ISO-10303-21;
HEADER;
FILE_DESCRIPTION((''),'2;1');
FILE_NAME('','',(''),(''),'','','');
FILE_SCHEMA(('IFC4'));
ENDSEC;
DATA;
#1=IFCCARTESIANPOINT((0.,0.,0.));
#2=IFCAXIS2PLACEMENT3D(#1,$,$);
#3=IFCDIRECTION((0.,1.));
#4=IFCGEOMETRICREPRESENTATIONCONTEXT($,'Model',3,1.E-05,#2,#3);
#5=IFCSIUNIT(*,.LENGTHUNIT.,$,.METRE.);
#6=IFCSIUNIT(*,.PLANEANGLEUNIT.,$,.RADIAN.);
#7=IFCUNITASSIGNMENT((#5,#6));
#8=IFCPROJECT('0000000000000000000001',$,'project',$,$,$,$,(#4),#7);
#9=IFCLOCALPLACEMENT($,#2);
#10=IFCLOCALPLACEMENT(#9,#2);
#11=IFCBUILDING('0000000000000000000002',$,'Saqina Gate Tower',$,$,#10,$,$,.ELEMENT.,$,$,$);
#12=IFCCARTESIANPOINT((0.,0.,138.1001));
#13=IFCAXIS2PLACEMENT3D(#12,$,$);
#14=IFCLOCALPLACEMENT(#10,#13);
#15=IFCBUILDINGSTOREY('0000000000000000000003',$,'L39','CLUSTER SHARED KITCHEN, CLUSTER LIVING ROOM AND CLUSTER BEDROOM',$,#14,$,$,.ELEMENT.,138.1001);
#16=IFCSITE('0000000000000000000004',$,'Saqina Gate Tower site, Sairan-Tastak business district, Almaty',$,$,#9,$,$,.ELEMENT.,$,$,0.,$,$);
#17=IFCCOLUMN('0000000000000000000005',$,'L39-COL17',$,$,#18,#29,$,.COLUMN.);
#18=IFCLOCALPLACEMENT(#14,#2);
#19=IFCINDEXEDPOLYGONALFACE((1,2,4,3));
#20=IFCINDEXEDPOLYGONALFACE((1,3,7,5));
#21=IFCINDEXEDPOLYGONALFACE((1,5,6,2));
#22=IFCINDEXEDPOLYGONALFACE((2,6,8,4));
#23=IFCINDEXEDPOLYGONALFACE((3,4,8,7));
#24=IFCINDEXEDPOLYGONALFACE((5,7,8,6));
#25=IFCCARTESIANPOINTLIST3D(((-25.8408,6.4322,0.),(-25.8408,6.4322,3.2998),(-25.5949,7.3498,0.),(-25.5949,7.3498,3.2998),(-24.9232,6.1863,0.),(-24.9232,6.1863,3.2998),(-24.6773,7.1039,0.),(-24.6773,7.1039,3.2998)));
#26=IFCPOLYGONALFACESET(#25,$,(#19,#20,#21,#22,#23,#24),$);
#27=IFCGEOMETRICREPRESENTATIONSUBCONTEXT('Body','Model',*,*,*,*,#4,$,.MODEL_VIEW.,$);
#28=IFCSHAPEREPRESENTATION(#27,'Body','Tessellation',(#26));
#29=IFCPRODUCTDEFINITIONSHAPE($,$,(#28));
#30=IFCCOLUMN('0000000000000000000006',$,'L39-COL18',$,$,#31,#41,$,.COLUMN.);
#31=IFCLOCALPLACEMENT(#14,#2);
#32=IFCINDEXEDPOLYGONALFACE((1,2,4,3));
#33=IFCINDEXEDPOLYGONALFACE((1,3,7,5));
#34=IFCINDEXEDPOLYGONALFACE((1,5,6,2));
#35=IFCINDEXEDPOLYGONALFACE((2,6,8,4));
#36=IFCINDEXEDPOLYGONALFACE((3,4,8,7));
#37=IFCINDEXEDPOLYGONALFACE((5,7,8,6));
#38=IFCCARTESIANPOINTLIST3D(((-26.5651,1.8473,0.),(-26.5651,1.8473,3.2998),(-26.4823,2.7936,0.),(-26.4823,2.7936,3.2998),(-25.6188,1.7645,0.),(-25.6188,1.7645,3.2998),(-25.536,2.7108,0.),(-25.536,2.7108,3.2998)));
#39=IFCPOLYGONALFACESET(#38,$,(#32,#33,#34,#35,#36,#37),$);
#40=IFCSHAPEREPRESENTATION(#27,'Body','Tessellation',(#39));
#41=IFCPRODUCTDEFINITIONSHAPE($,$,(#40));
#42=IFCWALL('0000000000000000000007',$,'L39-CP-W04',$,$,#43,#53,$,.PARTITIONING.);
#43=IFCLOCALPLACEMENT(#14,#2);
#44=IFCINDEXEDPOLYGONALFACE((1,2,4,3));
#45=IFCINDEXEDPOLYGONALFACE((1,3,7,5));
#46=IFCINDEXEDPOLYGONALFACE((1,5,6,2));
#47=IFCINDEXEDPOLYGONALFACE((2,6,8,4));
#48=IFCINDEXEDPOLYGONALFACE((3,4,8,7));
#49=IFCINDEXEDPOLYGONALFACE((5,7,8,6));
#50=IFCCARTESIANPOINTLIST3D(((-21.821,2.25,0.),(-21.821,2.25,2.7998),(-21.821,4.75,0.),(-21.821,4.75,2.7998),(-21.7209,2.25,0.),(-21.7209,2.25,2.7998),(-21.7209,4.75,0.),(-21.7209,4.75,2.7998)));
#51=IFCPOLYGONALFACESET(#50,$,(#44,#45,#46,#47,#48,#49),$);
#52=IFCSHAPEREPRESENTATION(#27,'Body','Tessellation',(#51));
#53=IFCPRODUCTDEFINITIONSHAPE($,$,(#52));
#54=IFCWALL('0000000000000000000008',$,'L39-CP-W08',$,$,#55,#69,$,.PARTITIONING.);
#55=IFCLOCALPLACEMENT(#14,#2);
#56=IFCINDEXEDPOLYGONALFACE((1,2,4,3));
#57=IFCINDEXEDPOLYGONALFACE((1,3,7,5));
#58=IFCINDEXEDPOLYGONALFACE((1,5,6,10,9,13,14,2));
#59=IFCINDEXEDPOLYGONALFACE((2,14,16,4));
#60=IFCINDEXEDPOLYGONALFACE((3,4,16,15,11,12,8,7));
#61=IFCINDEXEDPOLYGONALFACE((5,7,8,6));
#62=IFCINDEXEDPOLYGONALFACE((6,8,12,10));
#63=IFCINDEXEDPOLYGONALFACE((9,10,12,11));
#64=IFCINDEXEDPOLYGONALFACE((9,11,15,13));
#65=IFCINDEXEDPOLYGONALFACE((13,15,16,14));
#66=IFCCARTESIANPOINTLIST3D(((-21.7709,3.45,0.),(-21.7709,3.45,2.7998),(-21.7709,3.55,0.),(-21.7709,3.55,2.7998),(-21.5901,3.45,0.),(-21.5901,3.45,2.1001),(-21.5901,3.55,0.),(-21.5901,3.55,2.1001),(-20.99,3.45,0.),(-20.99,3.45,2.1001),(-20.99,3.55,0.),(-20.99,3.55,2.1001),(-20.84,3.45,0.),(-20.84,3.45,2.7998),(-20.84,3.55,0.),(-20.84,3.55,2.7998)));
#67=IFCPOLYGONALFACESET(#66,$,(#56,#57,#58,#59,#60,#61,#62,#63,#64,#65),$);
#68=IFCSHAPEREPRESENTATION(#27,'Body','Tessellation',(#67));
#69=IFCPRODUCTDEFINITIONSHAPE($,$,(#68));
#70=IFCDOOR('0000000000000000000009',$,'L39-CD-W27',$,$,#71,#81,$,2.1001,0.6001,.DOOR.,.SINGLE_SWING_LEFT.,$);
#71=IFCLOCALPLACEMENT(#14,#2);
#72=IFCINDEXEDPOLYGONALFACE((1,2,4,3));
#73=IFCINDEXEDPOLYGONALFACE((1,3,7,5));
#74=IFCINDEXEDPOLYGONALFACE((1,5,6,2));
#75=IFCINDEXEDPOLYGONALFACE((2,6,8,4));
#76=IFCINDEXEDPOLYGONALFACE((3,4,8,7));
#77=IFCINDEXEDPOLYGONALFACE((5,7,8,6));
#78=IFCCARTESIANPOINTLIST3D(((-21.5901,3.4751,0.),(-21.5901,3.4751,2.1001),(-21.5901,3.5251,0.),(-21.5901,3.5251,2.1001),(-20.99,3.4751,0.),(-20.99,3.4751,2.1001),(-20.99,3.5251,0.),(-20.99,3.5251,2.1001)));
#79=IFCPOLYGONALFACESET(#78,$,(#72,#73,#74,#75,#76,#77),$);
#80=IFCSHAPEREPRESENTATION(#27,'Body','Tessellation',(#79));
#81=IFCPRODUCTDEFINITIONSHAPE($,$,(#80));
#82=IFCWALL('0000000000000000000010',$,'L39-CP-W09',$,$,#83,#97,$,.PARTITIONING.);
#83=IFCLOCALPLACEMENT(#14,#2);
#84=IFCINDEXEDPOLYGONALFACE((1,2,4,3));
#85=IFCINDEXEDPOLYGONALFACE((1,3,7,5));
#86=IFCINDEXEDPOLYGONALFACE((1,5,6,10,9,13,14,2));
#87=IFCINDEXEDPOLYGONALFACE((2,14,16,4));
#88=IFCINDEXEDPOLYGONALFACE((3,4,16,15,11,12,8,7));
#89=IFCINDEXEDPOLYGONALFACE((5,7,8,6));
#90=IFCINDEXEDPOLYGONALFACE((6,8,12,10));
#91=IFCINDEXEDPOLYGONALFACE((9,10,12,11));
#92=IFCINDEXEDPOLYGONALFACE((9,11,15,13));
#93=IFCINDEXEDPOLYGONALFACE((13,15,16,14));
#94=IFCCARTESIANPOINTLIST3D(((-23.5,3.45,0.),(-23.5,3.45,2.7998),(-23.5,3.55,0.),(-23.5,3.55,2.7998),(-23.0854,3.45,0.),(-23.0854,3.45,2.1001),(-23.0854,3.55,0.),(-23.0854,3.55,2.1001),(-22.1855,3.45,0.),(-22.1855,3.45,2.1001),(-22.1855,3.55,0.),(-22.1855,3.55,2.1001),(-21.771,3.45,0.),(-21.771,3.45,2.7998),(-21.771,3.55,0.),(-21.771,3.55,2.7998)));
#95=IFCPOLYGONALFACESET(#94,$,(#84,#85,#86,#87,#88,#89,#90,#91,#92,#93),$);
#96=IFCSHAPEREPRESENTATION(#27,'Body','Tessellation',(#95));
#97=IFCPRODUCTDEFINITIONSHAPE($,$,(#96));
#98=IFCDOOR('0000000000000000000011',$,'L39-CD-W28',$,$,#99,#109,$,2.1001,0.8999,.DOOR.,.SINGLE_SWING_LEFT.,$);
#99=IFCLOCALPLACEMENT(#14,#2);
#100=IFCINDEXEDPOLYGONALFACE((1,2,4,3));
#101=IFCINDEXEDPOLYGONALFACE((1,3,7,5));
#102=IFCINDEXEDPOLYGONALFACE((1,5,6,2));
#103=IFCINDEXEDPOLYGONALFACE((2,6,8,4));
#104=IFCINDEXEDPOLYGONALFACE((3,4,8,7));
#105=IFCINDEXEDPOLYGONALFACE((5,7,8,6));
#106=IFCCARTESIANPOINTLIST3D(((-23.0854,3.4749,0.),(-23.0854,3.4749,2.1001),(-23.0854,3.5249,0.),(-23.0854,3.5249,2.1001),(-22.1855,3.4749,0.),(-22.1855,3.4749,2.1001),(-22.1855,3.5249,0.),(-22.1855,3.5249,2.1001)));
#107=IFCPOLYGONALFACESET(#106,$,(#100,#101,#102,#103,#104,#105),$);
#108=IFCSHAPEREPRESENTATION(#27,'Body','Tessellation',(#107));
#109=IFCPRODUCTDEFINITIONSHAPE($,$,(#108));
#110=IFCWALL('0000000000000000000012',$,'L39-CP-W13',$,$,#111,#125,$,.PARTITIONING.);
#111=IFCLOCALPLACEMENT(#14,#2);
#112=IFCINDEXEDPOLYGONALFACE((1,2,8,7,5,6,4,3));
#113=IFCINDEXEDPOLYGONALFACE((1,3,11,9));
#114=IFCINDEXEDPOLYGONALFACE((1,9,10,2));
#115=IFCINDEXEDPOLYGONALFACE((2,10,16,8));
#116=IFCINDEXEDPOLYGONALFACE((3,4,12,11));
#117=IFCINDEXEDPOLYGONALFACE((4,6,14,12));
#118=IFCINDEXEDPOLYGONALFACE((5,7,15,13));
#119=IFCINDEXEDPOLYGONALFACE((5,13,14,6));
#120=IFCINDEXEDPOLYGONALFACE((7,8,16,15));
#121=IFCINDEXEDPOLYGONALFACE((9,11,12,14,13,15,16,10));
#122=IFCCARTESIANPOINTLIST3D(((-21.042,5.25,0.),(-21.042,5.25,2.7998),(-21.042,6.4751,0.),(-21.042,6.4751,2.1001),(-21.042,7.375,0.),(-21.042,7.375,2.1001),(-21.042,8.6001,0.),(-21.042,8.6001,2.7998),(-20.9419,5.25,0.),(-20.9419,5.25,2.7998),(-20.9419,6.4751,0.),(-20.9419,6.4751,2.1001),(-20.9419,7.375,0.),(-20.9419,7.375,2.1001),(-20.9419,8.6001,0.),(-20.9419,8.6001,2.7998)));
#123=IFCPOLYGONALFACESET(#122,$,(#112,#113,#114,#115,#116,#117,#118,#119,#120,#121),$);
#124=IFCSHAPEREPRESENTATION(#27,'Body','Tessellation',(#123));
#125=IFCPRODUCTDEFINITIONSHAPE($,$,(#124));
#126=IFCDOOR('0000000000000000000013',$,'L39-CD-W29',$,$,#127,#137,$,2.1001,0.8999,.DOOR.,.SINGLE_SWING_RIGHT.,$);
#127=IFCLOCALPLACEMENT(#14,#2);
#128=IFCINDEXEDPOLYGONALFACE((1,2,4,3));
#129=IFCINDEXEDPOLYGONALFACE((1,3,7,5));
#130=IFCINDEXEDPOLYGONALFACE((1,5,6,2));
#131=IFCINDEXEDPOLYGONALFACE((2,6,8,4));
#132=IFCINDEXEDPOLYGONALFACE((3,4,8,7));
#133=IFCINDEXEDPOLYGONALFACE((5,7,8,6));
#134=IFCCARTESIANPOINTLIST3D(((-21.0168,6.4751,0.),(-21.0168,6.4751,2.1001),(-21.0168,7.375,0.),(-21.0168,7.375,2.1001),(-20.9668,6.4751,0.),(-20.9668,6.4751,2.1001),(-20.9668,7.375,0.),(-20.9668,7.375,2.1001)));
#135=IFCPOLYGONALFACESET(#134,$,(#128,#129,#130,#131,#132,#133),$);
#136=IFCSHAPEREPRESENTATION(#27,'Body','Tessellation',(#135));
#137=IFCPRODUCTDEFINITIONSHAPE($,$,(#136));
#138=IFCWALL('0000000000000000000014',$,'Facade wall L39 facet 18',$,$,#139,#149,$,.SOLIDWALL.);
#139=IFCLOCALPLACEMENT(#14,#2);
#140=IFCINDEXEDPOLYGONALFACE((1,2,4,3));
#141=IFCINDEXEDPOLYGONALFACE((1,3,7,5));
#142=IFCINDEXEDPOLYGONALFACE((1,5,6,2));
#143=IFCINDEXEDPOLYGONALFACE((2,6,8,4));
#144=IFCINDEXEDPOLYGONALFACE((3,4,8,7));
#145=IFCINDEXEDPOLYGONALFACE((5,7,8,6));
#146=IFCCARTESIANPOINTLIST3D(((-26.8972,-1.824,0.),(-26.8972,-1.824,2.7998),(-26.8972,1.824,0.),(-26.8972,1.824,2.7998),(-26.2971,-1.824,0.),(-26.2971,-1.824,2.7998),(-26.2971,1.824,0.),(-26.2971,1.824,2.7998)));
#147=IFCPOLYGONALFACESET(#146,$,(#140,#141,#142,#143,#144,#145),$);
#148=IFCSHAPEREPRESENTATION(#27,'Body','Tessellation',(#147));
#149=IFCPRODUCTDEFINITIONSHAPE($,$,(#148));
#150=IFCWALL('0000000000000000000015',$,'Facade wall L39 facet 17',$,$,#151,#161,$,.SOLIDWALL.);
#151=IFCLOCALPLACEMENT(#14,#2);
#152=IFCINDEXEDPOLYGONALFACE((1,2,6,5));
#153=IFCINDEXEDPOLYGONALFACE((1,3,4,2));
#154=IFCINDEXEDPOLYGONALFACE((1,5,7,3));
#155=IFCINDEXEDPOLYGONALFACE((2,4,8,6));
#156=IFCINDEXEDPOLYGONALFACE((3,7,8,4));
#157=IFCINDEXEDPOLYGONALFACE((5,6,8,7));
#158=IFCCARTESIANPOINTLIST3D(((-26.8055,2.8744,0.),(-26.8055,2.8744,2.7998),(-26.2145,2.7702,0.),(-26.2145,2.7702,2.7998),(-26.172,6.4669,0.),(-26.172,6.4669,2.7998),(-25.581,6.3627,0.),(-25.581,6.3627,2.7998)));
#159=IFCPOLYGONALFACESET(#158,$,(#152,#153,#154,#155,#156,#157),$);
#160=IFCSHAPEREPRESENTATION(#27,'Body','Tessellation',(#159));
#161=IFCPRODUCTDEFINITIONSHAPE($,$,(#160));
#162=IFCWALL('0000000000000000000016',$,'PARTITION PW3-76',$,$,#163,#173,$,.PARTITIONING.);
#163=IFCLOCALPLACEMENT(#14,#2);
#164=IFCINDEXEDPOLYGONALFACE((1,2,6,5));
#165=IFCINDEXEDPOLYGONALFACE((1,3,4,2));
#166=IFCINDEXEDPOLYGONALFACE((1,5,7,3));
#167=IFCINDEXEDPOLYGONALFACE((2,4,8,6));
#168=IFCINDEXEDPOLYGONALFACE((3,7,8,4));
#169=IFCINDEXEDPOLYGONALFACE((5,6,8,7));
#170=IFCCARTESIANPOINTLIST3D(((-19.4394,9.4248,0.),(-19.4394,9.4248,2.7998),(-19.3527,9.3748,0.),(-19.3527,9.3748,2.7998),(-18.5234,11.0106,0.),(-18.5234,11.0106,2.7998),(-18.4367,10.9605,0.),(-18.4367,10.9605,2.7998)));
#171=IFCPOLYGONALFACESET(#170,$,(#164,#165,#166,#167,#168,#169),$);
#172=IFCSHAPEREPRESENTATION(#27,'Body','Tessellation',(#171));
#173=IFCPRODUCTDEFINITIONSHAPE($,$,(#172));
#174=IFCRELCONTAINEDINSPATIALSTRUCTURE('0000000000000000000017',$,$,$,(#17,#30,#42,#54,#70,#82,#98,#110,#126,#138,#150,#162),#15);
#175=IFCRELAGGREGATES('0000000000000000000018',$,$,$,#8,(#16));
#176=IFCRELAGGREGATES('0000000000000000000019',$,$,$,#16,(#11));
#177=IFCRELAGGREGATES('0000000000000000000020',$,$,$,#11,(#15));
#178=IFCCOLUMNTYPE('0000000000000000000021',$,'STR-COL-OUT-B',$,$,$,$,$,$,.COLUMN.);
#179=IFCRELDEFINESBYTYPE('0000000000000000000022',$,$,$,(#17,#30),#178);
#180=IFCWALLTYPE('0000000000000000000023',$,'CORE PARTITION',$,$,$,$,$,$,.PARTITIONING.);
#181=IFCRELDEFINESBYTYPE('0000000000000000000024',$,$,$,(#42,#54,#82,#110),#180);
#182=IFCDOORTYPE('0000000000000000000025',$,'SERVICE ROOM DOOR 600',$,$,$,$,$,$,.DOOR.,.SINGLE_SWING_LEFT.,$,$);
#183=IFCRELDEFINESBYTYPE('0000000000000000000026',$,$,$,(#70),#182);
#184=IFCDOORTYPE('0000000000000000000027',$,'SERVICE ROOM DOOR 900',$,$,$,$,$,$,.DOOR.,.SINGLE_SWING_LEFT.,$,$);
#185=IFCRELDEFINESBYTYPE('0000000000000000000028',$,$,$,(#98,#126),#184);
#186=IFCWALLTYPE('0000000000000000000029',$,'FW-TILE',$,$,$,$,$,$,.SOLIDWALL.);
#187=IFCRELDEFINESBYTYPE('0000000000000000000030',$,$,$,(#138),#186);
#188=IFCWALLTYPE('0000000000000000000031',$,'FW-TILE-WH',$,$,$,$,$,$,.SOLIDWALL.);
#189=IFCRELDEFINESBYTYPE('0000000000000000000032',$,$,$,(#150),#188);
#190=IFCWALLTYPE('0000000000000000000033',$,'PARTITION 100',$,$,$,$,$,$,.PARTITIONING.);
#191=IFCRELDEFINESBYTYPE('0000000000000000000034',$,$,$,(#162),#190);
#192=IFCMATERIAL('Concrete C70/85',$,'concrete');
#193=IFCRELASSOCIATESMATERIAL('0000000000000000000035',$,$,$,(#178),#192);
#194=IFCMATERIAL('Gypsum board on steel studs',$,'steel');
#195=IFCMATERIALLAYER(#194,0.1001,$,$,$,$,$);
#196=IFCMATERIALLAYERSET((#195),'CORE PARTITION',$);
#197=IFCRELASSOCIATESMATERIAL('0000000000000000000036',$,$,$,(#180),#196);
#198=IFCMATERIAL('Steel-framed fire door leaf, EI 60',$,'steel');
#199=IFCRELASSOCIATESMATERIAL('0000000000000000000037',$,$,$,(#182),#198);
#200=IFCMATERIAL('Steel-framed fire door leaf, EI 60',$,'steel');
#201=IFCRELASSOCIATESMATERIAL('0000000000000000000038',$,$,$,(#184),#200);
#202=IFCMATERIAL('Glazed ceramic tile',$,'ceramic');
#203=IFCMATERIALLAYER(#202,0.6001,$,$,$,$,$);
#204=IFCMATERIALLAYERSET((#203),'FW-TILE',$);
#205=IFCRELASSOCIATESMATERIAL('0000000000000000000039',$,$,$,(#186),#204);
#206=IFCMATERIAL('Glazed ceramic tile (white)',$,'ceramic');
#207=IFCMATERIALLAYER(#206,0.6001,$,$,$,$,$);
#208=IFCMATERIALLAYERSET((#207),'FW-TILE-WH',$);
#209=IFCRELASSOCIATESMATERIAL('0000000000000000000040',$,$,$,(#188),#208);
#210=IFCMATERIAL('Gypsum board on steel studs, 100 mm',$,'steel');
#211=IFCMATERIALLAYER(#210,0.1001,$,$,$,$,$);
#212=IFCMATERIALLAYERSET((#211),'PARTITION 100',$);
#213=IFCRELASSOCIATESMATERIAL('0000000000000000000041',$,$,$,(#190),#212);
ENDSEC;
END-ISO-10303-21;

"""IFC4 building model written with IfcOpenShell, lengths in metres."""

from ifc_helpers import new_model, si_unit, direction, frame, frame_2d, origin, origin_2d, place, context, subcontext, project, spatial, rectangle, extrude, material, layer, layer_set, material_profile, profile_set, type_object, element, fill, save


model = new_model("IFC4")

# Units and contexts
model_context = context("Model", 3, precision=1e-05, world=origin(), true_north=direction((0.0, 1.0)))
body_context = subcontext(model_context, "Body", "Model", "MODEL_VIEW")
ifc_project = project(units=[si_unit("LENGTHUNIT", "METRE"), si_unit("PLANEANGLEUNIT", "RADIAN")], contexts=[model_context])

# Site, building, storey
site_placement = place(None, origin())
site = spatial("IfcSite", under=ifc_project, at=site_placement, Name="Saqina Gate Tower site, Sairan-Tastak business district, Almaty", CompositionType="ELEMENT", RefElevation=0.0)
building_placement = place(site_placement, origin())
building = spatial("IfcBuilding", under=site, at=building_placement, Name="Saqina Gate Tower", CompositionType="ELEMENT")
storey_placement = place(building_placement, frame((0.0, 0.0, 138.1001)))
storey = spatial("IfcBuildingStorey", under=building, at=storey_placement, Name="L39", Description="CLUSTER SHARED KITCHEN, CLUSTER LIVING ROOM AND CLUSTER BEDROOM", CompositionType="ELEMENT", Elevation=138.1001)

# Columns
ifc_material_1 = material(Name="Concrete C70/85", Category="concrete")
ifc_material_profile = material_profile(ifc_material_1, rectangle(XDim=0.95, YDim=0.95, at=origin_2d()), Name="RC 950x950")
ifc_profile_set = profile_set([ifc_material_profile], Name="Concrete C70/85")
column_type = type_object("IfcColumnType", Name="STR-COL-OUT-B", PredefinedType="COLUMN", material=ifc_profile_set)
for number, where, z_axis, x_axis, name in (
    (1, (-25.259, 6.7681, 0.0), (0.0, 0.0, 1.0), (-0.965926, 0.258819, 0.0), "L39-COL17"),
    (2, (-26.0505, 2.2791, 0.0), (0.0, 0.0, 1.0), (-0.996195, 0.087156, 0.0), "L39-COL18"),
):
    element("IfcColumn", number, at=place(storey_placement, frame(where, z_axis=z_axis, x_axis=x_axis)), inside=storey, type_object=column_type, Name=name, PredefinedType="COLUMN", context=body_context, shape_type="SweptSolid", body=[
        extrude(rectangle(XDim=0.95, YDim=0.95, at=origin_2d()), origin(), (0.0, 0.0, 1.0), 3.2998),
    ])

# Wall
ifc_material_2 = material(Name="Gypsum board on steel studs", Category="steel")
ifc_layer_1 = layer(ifc_material_2, 0.1001)
ifc_layer_set_1 = layer_set([ifc_layer_1], Name="CORE PARTITION")
wall_type_1 = type_object("IfcWallType", Name="CORE PARTITION", PredefinedType="PARTITIONING", material=ifc_layer_set_1)
wall_1_placement = place(storey_placement, frame((-21.771, 2.25, 0.0), z_axis=(0.0, 0.0, 1.0), x_axis=(0.0, 1.0, 0.0)))
element("IfcWall", 3, at=wall_1_placement, inside=storey, type_object=wall_type_1, Name="L39-CP-W04", PredefinedType="PARTITIONING", context=body_context, shape_type="SweptSolid", body=[
    extrude(rectangle(XDim=2.5, YDim=0.1001, at=frame_2d((1.25, 0.0))), origin(), (0.0, 0.0, 1.0), 2.7998),
])

# Walls, openings, doors
wall_2_placement = place(storey_placement, frame((-20.8401, 3.5, 0.0), z_axis=(0.0, 0.0, 1.0), x_axis=(-1.0, 0.0, 0.0)))
wall_2 = element("IfcWall", 4, at=wall_2_placement, inside=storey, type_object=wall_type_1, Name="L39-CP-W08", PredefinedType="PARTITIONING", context=body_context, shape_type="SweptSolid", body=[
    extrude(rectangle(XDim=0.9309, YDim=0.1001, at=frame_2d((0.4653, 0.0))), origin(), (0.0, 0.0, 1.0), 2.7998),
])
opening_1_placement = place(wall_2_placement, frame((0.1499, 0.0, 0.0)))
opening_1 = element("IfcOpeningElement", 5, at=opening_1_placement, cuts=wall_2, PredefinedType="OPENING", context=body_context, shape_type="SweptSolid", body=[
    extrude(rectangle(XDim=0.6001, YDim=2.1001, at=frame_2d((0.3, 1.05))), frame((0.0, 0.062, 0.0), z_axis=(0.0, -1.0, 0.0), x_axis=(1.0, 0.0, 0.0)), (0.0, 0.0, 1.0), 0.124),
])
ifc_material_3 = material(Name="Steel-framed fire door leaf, EI 60", Category="steel")
door_type_1 = type_object("IfcDoorType", Name="SERVICE ROOM DOOR 600", OperationType="SINGLE_SWING_LEFT", PredefinedType="DOOR", material=ifc_material_3)
door_1_placement = place(opening_1_placement, origin())
door_1 = element("IfcDoor", 6, at=door_1_placement, inside=storey, type_object=door_type_1, Name="L39-CD-W27", OperationType="SINGLE_SWING_LEFT", OverallHeight=2.1001, OverallWidth=0.6001, PredefinedType="DOOR", context=body_context, shape_type="SweptSolid", body=[
    extrude(rectangle(XDim=0.6001, YDim=2.1001, at=frame_2d((0.3, 1.05))), frame((0.0, 0.0249, 0.0), z_axis=(0.0, -1.0, 0.0), x_axis=(1.0, 0.0, 0.0)), (0.0, 0.0, 1.0), 0.05),
])
fill(opening_1, door_1)
wall_3_placement = place(storey_placement, frame((-21.771, 3.5, 0.0), z_axis=(0.0, 0.0, 1.0), x_axis=(-1.0, 0.0, 0.0)))
wall_3 = element("IfcWall", 7, at=wall_3_placement, inside=storey, type_object=wall_type_1, Name="L39-CP-W09", PredefinedType="PARTITIONING", context=body_context, shape_type="SweptSolid", body=[
    extrude(rectangle(XDim=1.729, YDim=0.1001, at=frame_2d((0.8645, 0.0))), origin(), (0.0, 0.0, 1.0), 2.7998),
])
opening_2_placement = place(wall_3_placement, frame((0.4146, 0.0, 0.0)))
opening_2 = element("IfcOpeningElement", 8, at=opening_2_placement, cuts=wall_3, PredefinedType="OPENING", context=body_context, shape_type="SweptSolid", body=[
    extrude(rectangle(XDim=0.8999, YDim=2.1001, at=frame_2d((0.45, 1.05))), frame((0.0, 0.062, 0.0), z_axis=(0.0, -1.0, 0.0), x_axis=(1.0, 0.0, 0.0)), (0.0, 0.0, 1.0), 0.124),
])
ifc_material_4 = material(Name="Steel-framed fire door leaf, EI 60", Category="steel")
door_type_2 = type_object("IfcDoorType", Name="SERVICE ROOM DOOR 900", OperationType="SINGLE_SWING_LEFT", PredefinedType="DOOR", material=ifc_material_4)
door_2_placement = place(opening_2_placement, frame((0.8999, 0.0, 0.0), z_axis=(0.0, 0.0, 1.0), x_axis=(-1.0, 0.0, 0.0)))
door_2 = element("IfcDoor", 9, at=door_2_placement, inside=storey, type_object=door_type_2, Name="L39-CD-W28", OperationType="SINGLE_SWING_LEFT", OverallHeight=2.1001, OverallWidth=0.8999, PredefinedType="DOOR", context=body_context, shape_type="SweptSolid", body=[
    extrude(rectangle(XDim=0.8999, YDim=2.1001, at=frame_2d((0.45, 1.05))), frame((0.0, 0.0249, 0.0), z_axis=(0.0, -1.0, 0.0), x_axis=(1.0, 0.0, 0.0)), (0.0, 0.0, 1.0), 0.05),
])
fill(opening_2, door_2)
wall_4_placement = place(storey_placement, frame((-20.9919, 5.25, 0.0), z_axis=(0.0, 0.0, 1.0), x_axis=(0.0, 1.0, 0.0)))
wall_4 = element("IfcWall", 10, at=wall_4_placement, inside=storey, type_object=wall_type_1, Name="L39-CP-W13", PredefinedType="PARTITIONING", context=body_context, shape_type="SweptSolid", body=[
    extrude(rectangle(XDim=3.3501, YDim=0.1001, at=frame_2d((1.675, 0.0))), origin(), (0.0, 0.0, 1.0), 2.7998),
])
opening_3_placement = place(wall_4_placement, frame((1.2251, 0.0, 0.0)))
opening_3 = element("IfcOpeningElement", 11, at=opening_3_placement, cuts=wall_4, PredefinedType="OPENING", context=body_context, shape_type="SweptSolid", body=[
    extrude(rectangle(XDim=0.8999, YDim=2.1001, at=frame_2d((0.45, 1.05))), frame((0.0, 0.062, 0.0), z_axis=(0.0, -1.0, 0.0), x_axis=(1.0, 0.0, 0.0)), (0.0, 0.0, 1.0), 0.124),
])
door_3_placement = place(opening_3_placement, origin())
door_3 = element("IfcDoor", 12, at=door_3_placement, inside=storey, type_object=door_type_2, Name="L39-CD-W29", OperationType="SINGLE_SWING_RIGHT", OverallHeight=2.1001, OverallWidth=0.8999, PredefinedType="DOOR", context=body_context, shape_type="SweptSolid", body=[
    extrude(rectangle(XDim=0.8999, YDim=2.1001, at=frame_2d((0.45, 1.05))), frame((0.0, 0.0249, 0.0), z_axis=(0.0, -1.0, 0.0), x_axis=(1.0, 0.0, 0.0)), (0.0, 0.0, 1.0), 0.05),
])
fill(opening_3, door_3)

# Walls
ifc_material_5 = material(Name="Glazed ceramic tile", Category="ceramic")
ifc_layer_2 = layer(ifc_material_5, 0.6001)
ifc_layer_set_2 = layer_set([ifc_layer_2], Name="FW-TILE")
wall_type_2 = type_object("IfcWallType", Name="FW-TILE", PredefinedType="SOLIDWALL", material=ifc_layer_set_2)
wall_5_placement = place(storey_placement, frame((-26.5972, 1.824, 0.0), z_axis=(0.0, 0.0, 1.0), x_axis=(0.0, -1.0, 0.0)))
element("IfcWall", 13, at=wall_5_placement, inside=storey, type_object=wall_type_2, Name="Facade wall L39 facet 18", PredefinedType="SOLIDWALL", context=body_context, shape_type="SweptSolid", body=[
    extrude(rectangle(XDim=3.6479, YDim=0.6001, at=frame_2d((1.824, 0.0))), origin(), (0.0, 0.0, 1.0), 2.7998),
])
ifc_material_6 = material(Name="Glazed ceramic tile (white)", Category="ceramic")
ifc_layer_3 = layer(ifc_material_6, 0.6001)
ifc_layer_set_3 = layer_set([ifc_layer_3], Name="FW-TILE-WH")
wall_type_3 = type_object("IfcWallType", Name="FW-TILE-WH", PredefinedType="SOLIDWALL", material=ifc_layer_set_3)
wall_6_placement = place(storey_placement, frame((-25.8765, 6.4148, 0.0), z_axis=(0.0, 0.0, 1.0), x_axis=(-0.173671, -0.984804, 0.0)))
element("IfcWall", 14, at=wall_6_placement, inside=storey, type_object=wall_type_3, Name="Facade wall L39 facet 17", PredefinedType="SOLIDWALL", context=body_context, shape_type="SweptSolid", body=[
    extrude(rectangle(XDim=3.6479, YDim=0.6001, at=frame_2d((1.824, 0.0))), origin(), (0.0, 0.0, 1.0), 2.7998),
])
ifc_material_7 = material(Name="Gypsum board on steel studs, 100 mm", Category="steel")
ifc_layer_4 = layer(ifc_material_7, 0.1001)
ifc_layer_set_4 = layer_set([ifc_layer_4], Name="PARTITION 100")
wall_type_4 = type_object("IfcWallType", Name="PARTITION 100", PredefinedType="PARTITIONING", material=ifc_layer_set_4)
wall_7_placement = place(storey_placement, frame((-19.396, 9.3999, 0.0), z_axis=(0.0, 0.0, 1.0), x_axis=(0.500211, 0.865904, 0.0)))
element("IfcWall", 15, at=wall_7_placement, inside=storey, type_object=wall_type_4, Name="PARTITION PW3-76", PredefinedType="PARTITIONING", context=body_context, shape_type="SweptSolid", body=[
    extrude(rectangle(XDim=1.8313, YDim=0.1001, at=frame_2d((0.9155, 0.0))), origin(), (0.0, 0.0, 1.0), 2.7998),
])

save(model, "model.ifc")
